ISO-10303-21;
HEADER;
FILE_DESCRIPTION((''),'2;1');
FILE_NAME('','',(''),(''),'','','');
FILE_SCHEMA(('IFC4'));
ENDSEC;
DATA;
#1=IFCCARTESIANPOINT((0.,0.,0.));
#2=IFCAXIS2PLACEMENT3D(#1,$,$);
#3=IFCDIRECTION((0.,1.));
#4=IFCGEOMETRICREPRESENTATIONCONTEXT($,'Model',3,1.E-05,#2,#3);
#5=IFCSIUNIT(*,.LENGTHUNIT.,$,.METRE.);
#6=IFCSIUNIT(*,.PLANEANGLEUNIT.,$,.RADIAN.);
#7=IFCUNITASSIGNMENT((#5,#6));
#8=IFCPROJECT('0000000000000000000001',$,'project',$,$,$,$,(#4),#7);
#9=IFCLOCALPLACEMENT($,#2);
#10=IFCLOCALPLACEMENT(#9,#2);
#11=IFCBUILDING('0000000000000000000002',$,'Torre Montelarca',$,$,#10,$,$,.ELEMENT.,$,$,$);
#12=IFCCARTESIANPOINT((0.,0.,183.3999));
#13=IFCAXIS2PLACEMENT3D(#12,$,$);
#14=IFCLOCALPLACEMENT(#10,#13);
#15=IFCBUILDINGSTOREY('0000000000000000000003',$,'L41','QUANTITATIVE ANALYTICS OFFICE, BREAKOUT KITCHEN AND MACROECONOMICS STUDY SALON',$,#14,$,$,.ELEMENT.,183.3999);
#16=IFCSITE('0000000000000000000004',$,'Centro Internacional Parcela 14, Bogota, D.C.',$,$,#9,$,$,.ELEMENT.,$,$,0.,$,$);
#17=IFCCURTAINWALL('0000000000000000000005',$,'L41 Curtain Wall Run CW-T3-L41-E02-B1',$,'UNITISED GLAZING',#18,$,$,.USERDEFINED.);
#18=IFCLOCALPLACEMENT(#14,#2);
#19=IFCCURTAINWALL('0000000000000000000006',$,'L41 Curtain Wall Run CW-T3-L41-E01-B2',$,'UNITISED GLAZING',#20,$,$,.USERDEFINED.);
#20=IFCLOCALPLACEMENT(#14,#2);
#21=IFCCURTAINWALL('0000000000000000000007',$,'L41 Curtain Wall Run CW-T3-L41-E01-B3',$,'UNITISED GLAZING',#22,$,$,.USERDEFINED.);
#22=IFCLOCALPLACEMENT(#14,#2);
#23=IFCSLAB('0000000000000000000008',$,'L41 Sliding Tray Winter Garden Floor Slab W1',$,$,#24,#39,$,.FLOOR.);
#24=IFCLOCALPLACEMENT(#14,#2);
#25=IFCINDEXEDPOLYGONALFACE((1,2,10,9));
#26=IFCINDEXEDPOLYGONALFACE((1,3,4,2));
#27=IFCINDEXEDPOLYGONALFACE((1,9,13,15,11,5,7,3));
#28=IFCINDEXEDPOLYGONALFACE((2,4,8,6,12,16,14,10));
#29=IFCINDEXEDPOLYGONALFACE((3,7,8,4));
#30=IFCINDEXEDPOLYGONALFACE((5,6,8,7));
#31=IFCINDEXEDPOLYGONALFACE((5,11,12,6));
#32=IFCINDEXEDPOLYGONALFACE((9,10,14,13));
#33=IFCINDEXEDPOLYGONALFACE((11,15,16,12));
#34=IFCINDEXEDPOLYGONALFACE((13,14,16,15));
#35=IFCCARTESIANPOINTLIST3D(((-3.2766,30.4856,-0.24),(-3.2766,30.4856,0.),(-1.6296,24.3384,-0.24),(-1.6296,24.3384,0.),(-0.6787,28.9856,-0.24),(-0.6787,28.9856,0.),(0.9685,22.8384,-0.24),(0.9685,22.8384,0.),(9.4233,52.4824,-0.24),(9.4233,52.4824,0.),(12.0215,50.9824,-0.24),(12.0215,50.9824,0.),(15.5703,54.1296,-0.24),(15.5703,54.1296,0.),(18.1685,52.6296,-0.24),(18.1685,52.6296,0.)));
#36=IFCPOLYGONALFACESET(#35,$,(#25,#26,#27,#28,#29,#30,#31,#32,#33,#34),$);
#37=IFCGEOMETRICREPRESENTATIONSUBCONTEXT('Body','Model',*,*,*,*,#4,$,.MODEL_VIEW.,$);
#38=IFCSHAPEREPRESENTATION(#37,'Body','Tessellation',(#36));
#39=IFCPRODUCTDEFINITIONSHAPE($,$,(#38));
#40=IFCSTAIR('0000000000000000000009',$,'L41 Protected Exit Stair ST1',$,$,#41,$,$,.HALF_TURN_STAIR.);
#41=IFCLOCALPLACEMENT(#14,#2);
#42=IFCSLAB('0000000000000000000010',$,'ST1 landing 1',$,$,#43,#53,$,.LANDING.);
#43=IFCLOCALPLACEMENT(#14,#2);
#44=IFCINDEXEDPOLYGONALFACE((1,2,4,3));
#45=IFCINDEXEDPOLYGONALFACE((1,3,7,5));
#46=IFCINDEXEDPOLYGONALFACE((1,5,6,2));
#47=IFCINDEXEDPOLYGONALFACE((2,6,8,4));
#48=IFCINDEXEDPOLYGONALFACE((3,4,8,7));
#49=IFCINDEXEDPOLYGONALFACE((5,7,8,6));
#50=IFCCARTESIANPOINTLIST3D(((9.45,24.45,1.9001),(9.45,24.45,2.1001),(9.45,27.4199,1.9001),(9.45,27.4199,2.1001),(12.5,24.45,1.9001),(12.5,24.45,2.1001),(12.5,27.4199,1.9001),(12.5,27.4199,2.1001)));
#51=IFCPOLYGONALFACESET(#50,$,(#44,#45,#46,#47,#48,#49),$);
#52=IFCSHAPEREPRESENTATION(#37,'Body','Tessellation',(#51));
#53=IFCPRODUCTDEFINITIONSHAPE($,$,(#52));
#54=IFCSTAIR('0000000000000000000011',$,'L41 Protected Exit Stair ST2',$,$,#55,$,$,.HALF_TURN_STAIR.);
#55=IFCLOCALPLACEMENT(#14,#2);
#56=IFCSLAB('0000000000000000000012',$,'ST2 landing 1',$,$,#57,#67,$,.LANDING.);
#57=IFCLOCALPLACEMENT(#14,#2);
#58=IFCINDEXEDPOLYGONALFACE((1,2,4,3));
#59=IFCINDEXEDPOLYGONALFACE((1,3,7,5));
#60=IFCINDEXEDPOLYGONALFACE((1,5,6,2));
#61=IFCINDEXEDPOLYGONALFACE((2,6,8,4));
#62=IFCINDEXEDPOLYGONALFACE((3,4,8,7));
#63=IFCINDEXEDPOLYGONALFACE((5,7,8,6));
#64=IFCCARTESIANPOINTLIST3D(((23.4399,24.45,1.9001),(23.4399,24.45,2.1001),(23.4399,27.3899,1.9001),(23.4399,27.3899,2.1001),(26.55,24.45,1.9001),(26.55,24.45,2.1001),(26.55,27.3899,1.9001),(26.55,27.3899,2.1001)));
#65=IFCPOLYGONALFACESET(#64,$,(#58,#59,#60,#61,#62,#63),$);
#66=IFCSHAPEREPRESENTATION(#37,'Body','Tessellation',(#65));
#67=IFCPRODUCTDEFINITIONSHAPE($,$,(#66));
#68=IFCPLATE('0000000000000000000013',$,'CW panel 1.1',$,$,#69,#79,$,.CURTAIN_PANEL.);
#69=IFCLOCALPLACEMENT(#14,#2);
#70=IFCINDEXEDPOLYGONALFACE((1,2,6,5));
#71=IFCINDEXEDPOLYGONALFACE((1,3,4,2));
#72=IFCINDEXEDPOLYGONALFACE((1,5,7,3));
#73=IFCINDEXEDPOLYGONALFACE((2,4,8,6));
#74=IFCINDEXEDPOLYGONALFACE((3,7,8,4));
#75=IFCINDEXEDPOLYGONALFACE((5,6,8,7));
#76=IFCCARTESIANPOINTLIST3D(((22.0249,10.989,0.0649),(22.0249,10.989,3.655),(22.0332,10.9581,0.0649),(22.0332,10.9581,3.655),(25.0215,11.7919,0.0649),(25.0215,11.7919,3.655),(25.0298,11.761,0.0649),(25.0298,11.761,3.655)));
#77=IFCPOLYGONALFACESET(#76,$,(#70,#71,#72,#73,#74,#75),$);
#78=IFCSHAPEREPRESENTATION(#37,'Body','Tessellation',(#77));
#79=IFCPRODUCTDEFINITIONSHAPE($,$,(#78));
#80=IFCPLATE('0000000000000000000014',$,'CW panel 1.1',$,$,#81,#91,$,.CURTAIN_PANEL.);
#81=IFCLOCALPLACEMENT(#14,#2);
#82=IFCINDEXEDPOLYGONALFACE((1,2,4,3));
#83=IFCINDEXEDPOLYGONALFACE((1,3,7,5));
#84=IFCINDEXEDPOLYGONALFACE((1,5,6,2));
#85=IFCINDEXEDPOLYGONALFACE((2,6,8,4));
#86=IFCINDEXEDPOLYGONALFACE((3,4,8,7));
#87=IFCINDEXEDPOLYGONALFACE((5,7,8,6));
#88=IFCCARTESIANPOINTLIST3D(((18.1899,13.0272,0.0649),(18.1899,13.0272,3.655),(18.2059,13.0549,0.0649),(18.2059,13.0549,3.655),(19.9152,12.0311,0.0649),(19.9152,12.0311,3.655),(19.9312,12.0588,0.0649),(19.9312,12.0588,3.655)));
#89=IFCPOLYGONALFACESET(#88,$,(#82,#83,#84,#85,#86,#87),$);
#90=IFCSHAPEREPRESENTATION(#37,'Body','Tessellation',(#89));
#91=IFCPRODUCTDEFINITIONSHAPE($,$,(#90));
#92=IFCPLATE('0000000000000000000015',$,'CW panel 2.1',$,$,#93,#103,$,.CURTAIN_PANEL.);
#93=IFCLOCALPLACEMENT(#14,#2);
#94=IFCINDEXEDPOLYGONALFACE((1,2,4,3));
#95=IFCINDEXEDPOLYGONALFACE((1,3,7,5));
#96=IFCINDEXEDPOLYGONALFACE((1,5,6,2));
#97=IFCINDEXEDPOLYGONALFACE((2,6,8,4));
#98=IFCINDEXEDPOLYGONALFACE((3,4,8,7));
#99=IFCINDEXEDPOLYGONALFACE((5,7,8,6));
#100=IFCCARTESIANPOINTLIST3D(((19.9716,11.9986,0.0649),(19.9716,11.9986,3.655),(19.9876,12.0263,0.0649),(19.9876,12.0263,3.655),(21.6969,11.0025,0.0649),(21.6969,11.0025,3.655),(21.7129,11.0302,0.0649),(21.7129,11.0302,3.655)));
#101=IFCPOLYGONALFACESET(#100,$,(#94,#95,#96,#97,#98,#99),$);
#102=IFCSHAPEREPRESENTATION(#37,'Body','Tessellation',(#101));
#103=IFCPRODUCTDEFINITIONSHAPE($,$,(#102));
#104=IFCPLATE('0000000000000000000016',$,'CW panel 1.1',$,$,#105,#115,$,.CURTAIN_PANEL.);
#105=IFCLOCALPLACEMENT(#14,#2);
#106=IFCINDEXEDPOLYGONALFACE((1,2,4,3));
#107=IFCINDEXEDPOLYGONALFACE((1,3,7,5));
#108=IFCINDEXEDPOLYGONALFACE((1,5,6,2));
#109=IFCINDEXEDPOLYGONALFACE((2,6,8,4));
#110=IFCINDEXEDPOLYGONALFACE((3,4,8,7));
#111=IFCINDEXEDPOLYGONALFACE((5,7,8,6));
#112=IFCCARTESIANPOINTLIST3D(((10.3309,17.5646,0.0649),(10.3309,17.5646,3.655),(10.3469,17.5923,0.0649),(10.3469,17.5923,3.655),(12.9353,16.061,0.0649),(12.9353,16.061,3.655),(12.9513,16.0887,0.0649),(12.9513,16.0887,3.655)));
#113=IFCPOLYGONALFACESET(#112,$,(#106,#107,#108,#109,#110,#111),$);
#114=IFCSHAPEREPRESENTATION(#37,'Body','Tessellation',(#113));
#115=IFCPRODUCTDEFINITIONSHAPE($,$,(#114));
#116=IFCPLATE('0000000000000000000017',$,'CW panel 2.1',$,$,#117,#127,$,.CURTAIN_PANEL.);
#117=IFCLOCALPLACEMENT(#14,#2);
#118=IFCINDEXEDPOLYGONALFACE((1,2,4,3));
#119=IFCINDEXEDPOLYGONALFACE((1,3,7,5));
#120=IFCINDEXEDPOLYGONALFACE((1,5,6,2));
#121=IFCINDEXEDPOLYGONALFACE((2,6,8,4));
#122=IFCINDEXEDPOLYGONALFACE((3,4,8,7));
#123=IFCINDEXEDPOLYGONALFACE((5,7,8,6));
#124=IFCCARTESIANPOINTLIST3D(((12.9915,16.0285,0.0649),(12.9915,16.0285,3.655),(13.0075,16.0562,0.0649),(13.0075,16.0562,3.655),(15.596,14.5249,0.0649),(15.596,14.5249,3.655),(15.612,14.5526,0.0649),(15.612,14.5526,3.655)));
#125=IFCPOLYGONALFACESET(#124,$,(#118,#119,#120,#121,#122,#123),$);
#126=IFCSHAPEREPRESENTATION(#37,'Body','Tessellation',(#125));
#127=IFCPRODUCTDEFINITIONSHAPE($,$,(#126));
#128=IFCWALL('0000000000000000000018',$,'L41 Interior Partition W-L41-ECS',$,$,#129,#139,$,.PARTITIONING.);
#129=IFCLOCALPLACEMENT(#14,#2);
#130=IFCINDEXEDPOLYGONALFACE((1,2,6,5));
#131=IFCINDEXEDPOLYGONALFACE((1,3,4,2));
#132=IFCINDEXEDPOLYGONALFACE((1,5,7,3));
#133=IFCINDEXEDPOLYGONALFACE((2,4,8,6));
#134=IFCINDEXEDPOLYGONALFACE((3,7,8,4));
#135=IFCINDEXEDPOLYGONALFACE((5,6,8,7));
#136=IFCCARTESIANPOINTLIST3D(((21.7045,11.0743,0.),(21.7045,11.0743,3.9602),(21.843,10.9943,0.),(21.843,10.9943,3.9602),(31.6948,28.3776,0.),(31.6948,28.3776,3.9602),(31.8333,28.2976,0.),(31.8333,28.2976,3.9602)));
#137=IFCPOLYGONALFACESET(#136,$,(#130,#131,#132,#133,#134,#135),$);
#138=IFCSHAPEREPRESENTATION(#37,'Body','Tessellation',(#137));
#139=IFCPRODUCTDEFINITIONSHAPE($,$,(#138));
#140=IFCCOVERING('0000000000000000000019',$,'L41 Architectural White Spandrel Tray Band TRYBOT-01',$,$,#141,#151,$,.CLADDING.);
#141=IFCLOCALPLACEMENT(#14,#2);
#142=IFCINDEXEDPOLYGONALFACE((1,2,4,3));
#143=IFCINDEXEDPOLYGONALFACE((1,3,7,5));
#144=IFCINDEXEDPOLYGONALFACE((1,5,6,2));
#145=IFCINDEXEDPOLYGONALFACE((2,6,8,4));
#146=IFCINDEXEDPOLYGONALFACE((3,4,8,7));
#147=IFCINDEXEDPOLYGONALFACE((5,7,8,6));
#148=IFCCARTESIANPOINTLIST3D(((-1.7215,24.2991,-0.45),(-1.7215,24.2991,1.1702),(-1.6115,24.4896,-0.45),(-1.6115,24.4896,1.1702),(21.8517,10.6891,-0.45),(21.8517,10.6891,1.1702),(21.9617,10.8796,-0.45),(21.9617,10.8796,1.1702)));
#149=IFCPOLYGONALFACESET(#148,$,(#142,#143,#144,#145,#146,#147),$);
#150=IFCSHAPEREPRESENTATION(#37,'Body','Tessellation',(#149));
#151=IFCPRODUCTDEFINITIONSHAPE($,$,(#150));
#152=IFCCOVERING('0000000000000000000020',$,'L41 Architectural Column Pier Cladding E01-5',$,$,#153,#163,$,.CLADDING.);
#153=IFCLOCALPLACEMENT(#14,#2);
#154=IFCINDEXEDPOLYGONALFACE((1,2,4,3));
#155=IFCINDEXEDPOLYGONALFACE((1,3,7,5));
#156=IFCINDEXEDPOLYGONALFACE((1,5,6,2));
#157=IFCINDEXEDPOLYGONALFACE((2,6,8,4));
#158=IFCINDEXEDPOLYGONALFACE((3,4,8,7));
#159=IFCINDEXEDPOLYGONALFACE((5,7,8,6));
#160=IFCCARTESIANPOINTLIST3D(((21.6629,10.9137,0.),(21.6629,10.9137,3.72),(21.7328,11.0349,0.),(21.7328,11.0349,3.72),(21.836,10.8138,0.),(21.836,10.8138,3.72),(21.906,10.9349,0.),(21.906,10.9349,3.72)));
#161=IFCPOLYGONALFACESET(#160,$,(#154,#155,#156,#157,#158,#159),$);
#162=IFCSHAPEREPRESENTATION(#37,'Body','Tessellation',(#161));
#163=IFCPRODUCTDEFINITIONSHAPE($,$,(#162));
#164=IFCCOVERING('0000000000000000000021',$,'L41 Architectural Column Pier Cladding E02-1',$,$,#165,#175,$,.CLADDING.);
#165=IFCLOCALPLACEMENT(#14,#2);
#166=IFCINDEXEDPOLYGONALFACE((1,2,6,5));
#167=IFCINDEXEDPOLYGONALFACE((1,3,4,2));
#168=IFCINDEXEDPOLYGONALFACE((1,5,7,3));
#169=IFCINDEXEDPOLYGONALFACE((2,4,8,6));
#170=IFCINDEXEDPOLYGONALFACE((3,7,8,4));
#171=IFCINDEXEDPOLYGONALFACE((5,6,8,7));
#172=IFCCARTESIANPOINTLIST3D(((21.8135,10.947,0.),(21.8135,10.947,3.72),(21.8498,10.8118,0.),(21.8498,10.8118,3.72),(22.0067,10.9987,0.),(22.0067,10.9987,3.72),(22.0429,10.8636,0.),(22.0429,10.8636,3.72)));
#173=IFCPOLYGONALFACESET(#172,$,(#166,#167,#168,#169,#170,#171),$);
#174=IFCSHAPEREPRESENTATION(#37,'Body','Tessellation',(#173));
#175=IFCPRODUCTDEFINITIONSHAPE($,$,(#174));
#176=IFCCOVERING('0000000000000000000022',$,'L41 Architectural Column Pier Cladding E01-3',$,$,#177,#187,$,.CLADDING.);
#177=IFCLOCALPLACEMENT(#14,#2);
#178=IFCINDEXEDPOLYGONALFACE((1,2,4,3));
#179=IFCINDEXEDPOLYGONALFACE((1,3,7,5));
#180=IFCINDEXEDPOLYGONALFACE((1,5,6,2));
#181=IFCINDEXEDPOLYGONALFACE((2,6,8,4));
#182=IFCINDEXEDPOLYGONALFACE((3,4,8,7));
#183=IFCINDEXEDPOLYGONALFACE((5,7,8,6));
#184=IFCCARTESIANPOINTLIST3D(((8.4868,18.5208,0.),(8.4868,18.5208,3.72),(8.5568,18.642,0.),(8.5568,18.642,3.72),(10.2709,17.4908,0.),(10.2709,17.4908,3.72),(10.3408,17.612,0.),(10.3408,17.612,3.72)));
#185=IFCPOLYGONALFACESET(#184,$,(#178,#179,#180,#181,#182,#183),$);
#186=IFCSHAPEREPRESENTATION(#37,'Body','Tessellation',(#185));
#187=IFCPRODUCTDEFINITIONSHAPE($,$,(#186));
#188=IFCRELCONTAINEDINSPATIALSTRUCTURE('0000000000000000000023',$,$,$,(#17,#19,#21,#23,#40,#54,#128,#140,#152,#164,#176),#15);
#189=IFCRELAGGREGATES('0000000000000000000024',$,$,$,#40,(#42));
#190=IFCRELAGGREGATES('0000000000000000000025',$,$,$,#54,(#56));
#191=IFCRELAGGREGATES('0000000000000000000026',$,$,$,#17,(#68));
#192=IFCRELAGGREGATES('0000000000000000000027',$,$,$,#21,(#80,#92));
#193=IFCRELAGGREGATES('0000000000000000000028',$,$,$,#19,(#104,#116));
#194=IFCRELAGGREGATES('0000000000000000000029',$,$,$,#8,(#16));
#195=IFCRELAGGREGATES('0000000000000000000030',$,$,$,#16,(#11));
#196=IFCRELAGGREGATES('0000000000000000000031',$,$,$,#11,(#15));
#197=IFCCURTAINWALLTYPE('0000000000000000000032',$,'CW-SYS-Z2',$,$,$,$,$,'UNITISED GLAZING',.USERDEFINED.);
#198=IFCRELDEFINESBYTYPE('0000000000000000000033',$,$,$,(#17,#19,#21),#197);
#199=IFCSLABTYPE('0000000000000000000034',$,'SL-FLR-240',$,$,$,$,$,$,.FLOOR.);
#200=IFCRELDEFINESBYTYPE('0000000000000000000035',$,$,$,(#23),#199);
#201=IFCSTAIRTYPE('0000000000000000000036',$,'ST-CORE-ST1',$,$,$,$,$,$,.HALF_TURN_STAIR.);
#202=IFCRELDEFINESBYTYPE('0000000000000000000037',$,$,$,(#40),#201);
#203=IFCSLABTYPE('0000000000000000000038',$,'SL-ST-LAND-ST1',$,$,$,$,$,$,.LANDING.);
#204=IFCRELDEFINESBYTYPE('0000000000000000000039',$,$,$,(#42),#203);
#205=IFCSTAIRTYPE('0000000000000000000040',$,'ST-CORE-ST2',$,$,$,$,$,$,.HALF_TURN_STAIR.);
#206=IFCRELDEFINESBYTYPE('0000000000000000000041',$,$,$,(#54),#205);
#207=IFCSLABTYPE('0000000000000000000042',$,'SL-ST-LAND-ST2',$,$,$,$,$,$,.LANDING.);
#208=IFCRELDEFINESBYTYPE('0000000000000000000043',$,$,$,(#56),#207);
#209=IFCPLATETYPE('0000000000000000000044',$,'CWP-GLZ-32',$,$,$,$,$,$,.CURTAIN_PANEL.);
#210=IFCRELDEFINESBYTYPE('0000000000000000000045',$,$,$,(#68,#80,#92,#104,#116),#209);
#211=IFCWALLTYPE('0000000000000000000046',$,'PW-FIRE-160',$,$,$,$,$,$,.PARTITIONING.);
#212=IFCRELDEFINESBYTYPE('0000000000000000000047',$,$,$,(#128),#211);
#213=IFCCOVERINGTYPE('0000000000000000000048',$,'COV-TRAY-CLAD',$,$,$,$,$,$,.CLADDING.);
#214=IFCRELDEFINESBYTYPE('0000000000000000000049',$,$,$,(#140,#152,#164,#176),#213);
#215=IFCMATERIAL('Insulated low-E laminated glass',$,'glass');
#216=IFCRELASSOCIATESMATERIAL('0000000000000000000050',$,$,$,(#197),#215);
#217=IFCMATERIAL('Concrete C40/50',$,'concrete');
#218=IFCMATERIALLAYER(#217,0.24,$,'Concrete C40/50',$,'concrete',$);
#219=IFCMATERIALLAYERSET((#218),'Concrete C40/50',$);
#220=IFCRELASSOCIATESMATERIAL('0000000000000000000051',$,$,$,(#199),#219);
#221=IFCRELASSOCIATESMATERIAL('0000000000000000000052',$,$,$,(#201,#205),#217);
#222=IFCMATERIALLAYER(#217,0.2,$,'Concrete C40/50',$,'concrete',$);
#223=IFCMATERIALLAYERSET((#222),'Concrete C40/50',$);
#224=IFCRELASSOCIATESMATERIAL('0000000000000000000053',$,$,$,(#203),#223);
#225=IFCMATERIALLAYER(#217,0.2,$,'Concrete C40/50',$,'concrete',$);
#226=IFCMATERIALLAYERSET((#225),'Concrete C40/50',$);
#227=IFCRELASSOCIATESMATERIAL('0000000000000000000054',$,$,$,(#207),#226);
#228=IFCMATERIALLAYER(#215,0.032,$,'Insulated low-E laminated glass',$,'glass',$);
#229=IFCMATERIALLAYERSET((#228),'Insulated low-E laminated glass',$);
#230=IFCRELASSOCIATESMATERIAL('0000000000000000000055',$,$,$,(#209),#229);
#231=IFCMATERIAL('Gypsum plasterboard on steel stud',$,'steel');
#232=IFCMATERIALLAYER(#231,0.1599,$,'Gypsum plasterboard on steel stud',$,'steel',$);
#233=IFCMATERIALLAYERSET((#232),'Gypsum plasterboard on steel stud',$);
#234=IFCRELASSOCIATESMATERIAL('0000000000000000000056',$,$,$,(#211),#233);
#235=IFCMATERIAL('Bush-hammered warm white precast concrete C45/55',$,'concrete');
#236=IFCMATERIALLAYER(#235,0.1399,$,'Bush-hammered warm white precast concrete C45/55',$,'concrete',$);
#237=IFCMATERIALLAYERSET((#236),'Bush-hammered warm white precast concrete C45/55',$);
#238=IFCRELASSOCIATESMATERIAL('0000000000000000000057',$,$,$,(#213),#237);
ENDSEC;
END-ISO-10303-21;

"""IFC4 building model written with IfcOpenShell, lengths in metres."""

from ifc_helpers import new_model, si_unit, direction, frame, frame_2d, origin, origin_2d, place, context, subcontext, project, spatial, polyline, rectangle, outline, extrude, source, transform, mapped, material, layer, layer_set, type_object, element, aggregate, save


model = new_model("IFC4")

# Units and contexts
model_context = context("Model", 3, precision=1e-05, world=origin(), true_north=direction((0.0, 1.0)))
body_context = subcontext(model_context, "Body", "Model", "MODEL_VIEW")
ifc_project = project(units=[si_unit("LENGTHUNIT", "METRE"), si_unit("PLANEANGLEUNIT", "RADIAN")], contexts=[model_context])

# Site, building, storey
site_placement = place(None, origin())
site = spatial("IfcSite", under=ifc_project, at=site_placement, Name="Centro Internacional Parcela 14, Bogota, D.C.", CompositionType="ELEMENT", RefElevation=0.0)
building_placement = place(site_placement, origin())
building = spatial("IfcBuilding", under=site, at=building_placement, Name="Torre Montelarca", CompositionType="ELEMENT")
storey_placement = place(building_placement, frame((0.0, 0.0, 183.3999)))
storey = spatial("IfcBuildingStorey", under=building, at=storey_placement, Name="L41", Description="QUANTITATIVE ANALYTICS OFFICE, BREAKOUT KITCHEN AND MACROECONOMICS STUDY SALON", CompositionType="ELEMENT", Elevation=183.3999)

# Curtain wall
ifc_material_1 = material(Name="Insulated low-E laminated glass", Category="glass")
curtain_wall_type = type_object("IfcCurtainWallType", Name="CW-SYS-Z2", ElementType="UNITISED GLAZING", PredefinedType="USERDEFINED", material=ifc_material_1)
curtain_wall_1_placement = place(storey_placement, origin())
curtain_wall_1 = element("IfcCurtainWall", 1, at=curtain_wall_1_placement, inside=storey, type_object=curtain_wall_type, Name="L41 Curtain Wall Run CW-T3-L41-E02-B1", ObjectType="UNITISED GLAZING", PredefinedType="USERDEFINED")

# Curtain walls
curtain_wall_2_placement = place(storey_placement, origin())
curtain_wall_2 = element("IfcCurtainWall", 2, at=curtain_wall_2_placement, inside=storey, type_object=curtain_wall_type, Name="L41 Curtain Wall Run CW-T3-L41-E01-B2", ObjectType="UNITISED GLAZING", PredefinedType="USERDEFINED")
curtain_wall_3_placement = place(storey_placement, origin())
curtain_wall_3 = element("IfcCurtainWall", 3, at=curtain_wall_3_placement, inside=storey, type_object=curtain_wall_type, Name="L41 Curtain Wall Run CW-T3-L41-E01-B3", ObjectType="UNITISED GLAZING", PredefinedType="USERDEFINED")

# Slab
ifc_material_2 = material(Name="Concrete C40/50", Category="concrete")
ifc_layer_1 = layer(ifc_material_2, 0.24, Name="Concrete C40/50", Category="concrete")
ifc_layer_set_1 = layer_set([ifc_layer_1], Name="Concrete C40/50")
slab_type_1 = type_object("IfcSlabType", Name="SL-FLR-240", PredefinedType="FLOOR", material=ifc_layer_set_1)
slab_1_placement = place(storey_placement, frame((0.0, 0.0, -0.24)))
element("IfcSlab", 4, at=slab_1_placement, inside=storey, type_object=slab_type_1, Name="L41 Sliding Tray Winter Garden Floor Slab W1", PredefinedType="FLOOR", context=body_context, shape_type="SweptSolid", body=[
    extrude(outline(polyline([(0.9685, 22.8384), (-0.6787, 28.9856), (12.0215, 50.9824), (18.1685, 52.6296), (15.5703, 54.1296), (9.4233, 52.4824), (-3.2766, 30.4856), (-1.6296, 24.3384), (0.9685, 22.8384)])), origin(), (0.0, 0.0, 1.0), 0.24),
])

# Stairs, slabs
stair_type_1 = type_object("IfcStairType", Name="ST-CORE-ST1", PredefinedType="HALF_TURN_STAIR", material=ifc_material_2)
stair_1_placement = place(storey_placement, origin())
stair_1 = element("IfcStair", 5, at=stair_1_placement, inside=storey, type_object=stair_type_1, Name="L41 Protected Exit Stair ST1", PredefinedType="HALF_TURN_STAIR")
ifc_layer_2 = layer(ifc_material_2, 0.2, Name="Concrete C40/50", Category="concrete")
ifc_layer_set_2 = layer_set([ifc_layer_2], Name="Concrete C40/50")
slab_type_2 = type_object("IfcSlabType", Name="SL-ST-LAND-ST1", PredefinedType="LANDING", material=ifc_layer_set_2)
slab_2_placement = place(storey_placement, frame((0.0, 0.0, 1.9001)))
slab_2 = element("IfcSlab", 6, at=slab_2_placement, type_object=slab_type_2, Name="ST1 landing 1", PredefinedType="LANDING", context=body_context, shape_type="SweptSolid", body=[
    extrude(outline(polyline([(9.45, 27.4199), (9.45, 24.45), (12.5, 24.45), (12.5, 27.4199), (9.45, 27.4199)])), origin(), (0.0, 0.0, 1.0), 0.2),
])
aggregate(stair_1, [slab_2])
stair_type_2 = type_object("IfcStairType", Name="ST-CORE-ST2", PredefinedType="HALF_TURN_STAIR", material=ifc_material_2)
stair_2_placement = place(storey_placement, origin())
stair_2 = element("IfcStair", 7, at=stair_2_placement, inside=storey, type_object=stair_type_2, Name="L41 Protected Exit Stair ST2", PredefinedType="HALF_TURN_STAIR")
ifc_layer_3 = layer(ifc_material_2, 0.2, Name="Concrete C40/50", Category="concrete")
ifc_layer_set_3 = layer_set([ifc_layer_3], Name="Concrete C40/50")
slab_type_3 = type_object("IfcSlabType", Name="SL-ST-LAND-ST2", PredefinedType="LANDING", material=ifc_layer_set_3)
slab_3_placement = place(storey_placement, frame((0.0, 0.0, 1.9001)))
slab_3 = element("IfcSlab", 8, at=slab_3_placement, type_object=slab_type_3, Name="ST2 landing 1", PredefinedType="LANDING", context=body_context, shape_type="SweptSolid", body=[
    extrude(outline(polyline([(23.4399, 27.3899), (23.4399, 24.45), (26.55, 24.45), (26.55, 27.3899), (23.4399, 27.3899)])), origin(), (0.0, 0.0, 1.0), 0.2),
])
aggregate(stair_2, [slab_3])

# Plates
ifc_layer_4 = layer(ifc_material_1, 0.032, Name="Insulated low-E laminated glass", Category="glass")
ifc_layer_set_4 = layer_set([ifc_layer_4], Name="Insulated low-E laminated glass")
plate_type = type_object("IfcPlateType", Name="CWP-GLZ-32", PredefinedType="CURTAIN_PANEL", material=ifc_layer_set_4)
shared_shape_1 = source(origin(), body_context, "Body", "SweptSolid", [
    extrude(rectangle(XDim=3.1023, YDim=0.032, at=origin_2d()), origin(), (0.0, 0.0, 1.0), 3.5901),
])
plate_1_placement = place(storey_placement, frame((23.5273, 11.375, 0.0649), z_axis=(0.0, 0.0, 1.0), x_axis=(0.965924, 0.258826, 0.0)))
plate_1 = element("IfcPlate", 9, at=plate_1_placement, type_object=plate_type, Name="CW panel 1.1", PredefinedType="CURTAIN_PANEL", context=body_context, shape_type="MappedRepresentation", body=[
    mapped(shared_shape_1, transform((0.0, 0.0, 0.0), scale=1.0)),
])
aggregate(curtain_wall_1, [plate_1])
shared_shape_2 = source(origin(), body_context, "Body", "SweptSolid", [
    extrude(rectangle(XDim=1.9922, YDim=0.032, at=origin_2d()), origin(), (0.0, 0.0, 1.0), 3.5901),
])
plate_2_placement = place(storey_placement, frame((19.0605, 12.543, 0.0649), z_axis=(0.0, 0.0, 1.0), x_axis=(0.866032, -0.499989, 0.0)))
plate_2 = element("IfcPlate", 10, at=plate_2_placement, type_object=plate_type, Name="CW panel 1.1", PredefinedType="CURTAIN_PANEL", context=body_context, shape_type="MappedRepresentation", body=[
    mapped(shared_shape_2, transform((0.0, 0.0, 0.0), scale=1.0)),
])
plate_3_placement = place(storey_placement, frame((20.8423, 11.5144, 0.0649), z_axis=(0.0, 0.0, 1.0), x_axis=(0.866032, -0.499989, 0.0)))
plate_3 = element("IfcPlate", 11, at=plate_3_placement, type_object=plate_type, Name="CW panel 2.1", PredefinedType="CURTAIN_PANEL", context=body_context, shape_type="MappedRepresentation", body=[
    mapped(shared_shape_2, transform((0.0, 0.0, 0.0), scale=1.0)),
])
aggregate(curtain_wall_3, [plate_2, plate_3])
shared_shape_3 = source(origin(), body_context, "Body", "SweptSolid", [
    extrude(rectangle(XDim=3.0073, YDim=0.032, at=origin_2d()), origin(), (0.0, 0.0, 1.0), 3.5901),
])
plate_4_placement = place(storey_placement, frame((11.6411, 16.8267, 0.0649), z_axis=(0.0, 0.0, 1.0), x_axis=(0.86603, -0.499993, 0.0)))
plate_4 = element("IfcPlate", 12, at=plate_4_placement, type_object=plate_type, Name="CW panel 1.1", PredefinedType="CURTAIN_PANEL", context=body_context, shape_type="MappedRepresentation", body=[
    mapped(shared_shape_3, transform((0.0, 0.0, 0.0), scale=1.0)),
])
plate_5_placement = place(storey_placement, frame((14.3018, 15.2905, 0.0649), z_axis=(0.0, 0.0, 1.0), x_axis=(0.86603, -0.499993, 0.0)))
plate_5 = element("IfcPlate", 13, at=plate_5_placement, type_object=plate_type, Name="CW panel 2.1", PredefinedType="CURTAIN_PANEL", context=body_context, shape_type="MappedRepresentation", body=[
    mapped(shared_shape_3, transform((0.0, 0.0, 0.0), scale=1.0)),
])
aggregate(curtain_wall_2, [plate_4, plate_5])

# Wall
ifc_material_3 = material(Name="Gypsum plasterboard on steel stud", Category="steel")
ifc_layer_5 = layer(ifc_material_3, 0.1599, Name="Gypsum plasterboard on steel stud", Category="steel")
ifc_layer_set_5 = layer_set([ifc_layer_5], Name="Gypsum plasterboard on steel stud")
wall_type = type_object("IfcWallType", Name="PW-FIRE-160", PredefinedType="PARTITIONING", material=ifc_layer_set_5)
wall_placement = place(storey_placement, frame((21.7737, 11.0342, 0.0), z_axis=(0.0, 0.0, 1.0), x_axis=(0.500008, 0.866021, 0.0)))
element("IfcWall", 14, at=wall_placement, inside=storey, type_object=wall_type, Name="L41 Interior Partition W-L41-ECS", PredefinedType="PARTITIONING", context=body_context, shape_type="SweptSolid", body=[
    extrude(rectangle(XDim=19.9802, YDim=0.1599, at=frame_2d((9.9902, 0.0))), origin(), (0.0, 0.0, 1.0), 3.9602),
])

# Coverings
ifc_material_4 = material(Name="Bush-hammered warm white precast concrete C45/55", Category="concrete")
ifc_layer_6 = layer(ifc_material_4, 0.1399, Name="Bush-hammered warm white precast concrete C45/55", Category="concrete")
ifc_layer_set_6 = layer_set([ifc_layer_6], Name="Bush-hammered warm white precast concrete C45/55")
covering_type = type_object("IfcCoveringType", Name="COV-TRAY-CLAD", PredefinedType="CLADDING", material=ifc_layer_set_6)
shared_shape_4 = source(origin(), body_context, "Body", "SweptSolid", [
    extrude(rectangle(XDim=27.22, YDim=0.22, at=origin_2d()), origin(), (0.0, 0.0, 1.0), 1.6201),
])
covering_1_placement = place(storey_placement, frame((10.1201, 17.5894, -0.45), z_axis=(0.0, 0.0, 1.0), x_axis=(0.866025, -0.5, 0.0)))
element("IfcCovering", 15, at=covering_1_placement, inside=storey, type_object=covering_type, Name="L41 Architectural White Spandrel Tray Band TRYBOT-01", PredefinedType="CLADDING", context=body_context, shape_type="MappedRepresentation", body=[
    mapped(shared_shape_4, transform((0.0, 0.0, 0.0), scale=1.0)),
])
shared_shape_5 = source(origin(), body_context, "Body", "SweptSolid", [
    extrude(rectangle(XDim=0.2, YDim=0.1399, at=origin_2d()), origin(), (0.0, 0.0, 1.0), 3.72),
])
for number, where, z_axis, x_axis, name in (
    (16, (21.7844, 10.9243, 0.0), (0.0, 0.0, 1.0), (0.866025, -0.5, 0.0), "L41 Architectural Column Pier Cladding E01-5"),
    (17, (21.9282, 10.9053, 0.0), (0.0, 0.0, 1.0), (0.965923, 0.258829, 0.0), "L41 Architectural Column Pier Cladding E02-1"),
):
    element("IfcCovering", number, at=place(storey_placement, frame(where, z_axis=z_axis, x_axis=x_axis)), inside=storey, type_object=covering_type, Name=name, PredefinedType="CLADDING", context=body_context, shape_type="MappedRepresentation", body=[
        mapped(shared_shape_5, transform((0.0, 0.0, 0.0), scale=1.0)),
    ])
shared_shape_6 = source(origin(), body_context, "Body", "SweptSolid", [
    extrude(rectangle(XDim=2.0601, YDim=0.1399, at=origin_2d()), origin(), (0.0, 0.0, 1.0), 3.72),
])
covering_2_placement = place(storey_placement, frame((9.4138, 18.0664, 0.0), z_axis=(0.0, 0.0, 1.0), x_axis=(0.866025, -0.5, 0.0)))
element("IfcCovering", 18, at=covering_2_placement, inside=storey, type_object=covering_type, Name="L41 Architectural Column Pier Cladding E01-3", PredefinedType="CLADDING", context=body_context, shape_type="MappedRepresentation", body=[
    mapped(shared_shape_6, transform((0.0, 0.0, 0.0), scale=1.0)),
])

save(model, "model.ifc")
